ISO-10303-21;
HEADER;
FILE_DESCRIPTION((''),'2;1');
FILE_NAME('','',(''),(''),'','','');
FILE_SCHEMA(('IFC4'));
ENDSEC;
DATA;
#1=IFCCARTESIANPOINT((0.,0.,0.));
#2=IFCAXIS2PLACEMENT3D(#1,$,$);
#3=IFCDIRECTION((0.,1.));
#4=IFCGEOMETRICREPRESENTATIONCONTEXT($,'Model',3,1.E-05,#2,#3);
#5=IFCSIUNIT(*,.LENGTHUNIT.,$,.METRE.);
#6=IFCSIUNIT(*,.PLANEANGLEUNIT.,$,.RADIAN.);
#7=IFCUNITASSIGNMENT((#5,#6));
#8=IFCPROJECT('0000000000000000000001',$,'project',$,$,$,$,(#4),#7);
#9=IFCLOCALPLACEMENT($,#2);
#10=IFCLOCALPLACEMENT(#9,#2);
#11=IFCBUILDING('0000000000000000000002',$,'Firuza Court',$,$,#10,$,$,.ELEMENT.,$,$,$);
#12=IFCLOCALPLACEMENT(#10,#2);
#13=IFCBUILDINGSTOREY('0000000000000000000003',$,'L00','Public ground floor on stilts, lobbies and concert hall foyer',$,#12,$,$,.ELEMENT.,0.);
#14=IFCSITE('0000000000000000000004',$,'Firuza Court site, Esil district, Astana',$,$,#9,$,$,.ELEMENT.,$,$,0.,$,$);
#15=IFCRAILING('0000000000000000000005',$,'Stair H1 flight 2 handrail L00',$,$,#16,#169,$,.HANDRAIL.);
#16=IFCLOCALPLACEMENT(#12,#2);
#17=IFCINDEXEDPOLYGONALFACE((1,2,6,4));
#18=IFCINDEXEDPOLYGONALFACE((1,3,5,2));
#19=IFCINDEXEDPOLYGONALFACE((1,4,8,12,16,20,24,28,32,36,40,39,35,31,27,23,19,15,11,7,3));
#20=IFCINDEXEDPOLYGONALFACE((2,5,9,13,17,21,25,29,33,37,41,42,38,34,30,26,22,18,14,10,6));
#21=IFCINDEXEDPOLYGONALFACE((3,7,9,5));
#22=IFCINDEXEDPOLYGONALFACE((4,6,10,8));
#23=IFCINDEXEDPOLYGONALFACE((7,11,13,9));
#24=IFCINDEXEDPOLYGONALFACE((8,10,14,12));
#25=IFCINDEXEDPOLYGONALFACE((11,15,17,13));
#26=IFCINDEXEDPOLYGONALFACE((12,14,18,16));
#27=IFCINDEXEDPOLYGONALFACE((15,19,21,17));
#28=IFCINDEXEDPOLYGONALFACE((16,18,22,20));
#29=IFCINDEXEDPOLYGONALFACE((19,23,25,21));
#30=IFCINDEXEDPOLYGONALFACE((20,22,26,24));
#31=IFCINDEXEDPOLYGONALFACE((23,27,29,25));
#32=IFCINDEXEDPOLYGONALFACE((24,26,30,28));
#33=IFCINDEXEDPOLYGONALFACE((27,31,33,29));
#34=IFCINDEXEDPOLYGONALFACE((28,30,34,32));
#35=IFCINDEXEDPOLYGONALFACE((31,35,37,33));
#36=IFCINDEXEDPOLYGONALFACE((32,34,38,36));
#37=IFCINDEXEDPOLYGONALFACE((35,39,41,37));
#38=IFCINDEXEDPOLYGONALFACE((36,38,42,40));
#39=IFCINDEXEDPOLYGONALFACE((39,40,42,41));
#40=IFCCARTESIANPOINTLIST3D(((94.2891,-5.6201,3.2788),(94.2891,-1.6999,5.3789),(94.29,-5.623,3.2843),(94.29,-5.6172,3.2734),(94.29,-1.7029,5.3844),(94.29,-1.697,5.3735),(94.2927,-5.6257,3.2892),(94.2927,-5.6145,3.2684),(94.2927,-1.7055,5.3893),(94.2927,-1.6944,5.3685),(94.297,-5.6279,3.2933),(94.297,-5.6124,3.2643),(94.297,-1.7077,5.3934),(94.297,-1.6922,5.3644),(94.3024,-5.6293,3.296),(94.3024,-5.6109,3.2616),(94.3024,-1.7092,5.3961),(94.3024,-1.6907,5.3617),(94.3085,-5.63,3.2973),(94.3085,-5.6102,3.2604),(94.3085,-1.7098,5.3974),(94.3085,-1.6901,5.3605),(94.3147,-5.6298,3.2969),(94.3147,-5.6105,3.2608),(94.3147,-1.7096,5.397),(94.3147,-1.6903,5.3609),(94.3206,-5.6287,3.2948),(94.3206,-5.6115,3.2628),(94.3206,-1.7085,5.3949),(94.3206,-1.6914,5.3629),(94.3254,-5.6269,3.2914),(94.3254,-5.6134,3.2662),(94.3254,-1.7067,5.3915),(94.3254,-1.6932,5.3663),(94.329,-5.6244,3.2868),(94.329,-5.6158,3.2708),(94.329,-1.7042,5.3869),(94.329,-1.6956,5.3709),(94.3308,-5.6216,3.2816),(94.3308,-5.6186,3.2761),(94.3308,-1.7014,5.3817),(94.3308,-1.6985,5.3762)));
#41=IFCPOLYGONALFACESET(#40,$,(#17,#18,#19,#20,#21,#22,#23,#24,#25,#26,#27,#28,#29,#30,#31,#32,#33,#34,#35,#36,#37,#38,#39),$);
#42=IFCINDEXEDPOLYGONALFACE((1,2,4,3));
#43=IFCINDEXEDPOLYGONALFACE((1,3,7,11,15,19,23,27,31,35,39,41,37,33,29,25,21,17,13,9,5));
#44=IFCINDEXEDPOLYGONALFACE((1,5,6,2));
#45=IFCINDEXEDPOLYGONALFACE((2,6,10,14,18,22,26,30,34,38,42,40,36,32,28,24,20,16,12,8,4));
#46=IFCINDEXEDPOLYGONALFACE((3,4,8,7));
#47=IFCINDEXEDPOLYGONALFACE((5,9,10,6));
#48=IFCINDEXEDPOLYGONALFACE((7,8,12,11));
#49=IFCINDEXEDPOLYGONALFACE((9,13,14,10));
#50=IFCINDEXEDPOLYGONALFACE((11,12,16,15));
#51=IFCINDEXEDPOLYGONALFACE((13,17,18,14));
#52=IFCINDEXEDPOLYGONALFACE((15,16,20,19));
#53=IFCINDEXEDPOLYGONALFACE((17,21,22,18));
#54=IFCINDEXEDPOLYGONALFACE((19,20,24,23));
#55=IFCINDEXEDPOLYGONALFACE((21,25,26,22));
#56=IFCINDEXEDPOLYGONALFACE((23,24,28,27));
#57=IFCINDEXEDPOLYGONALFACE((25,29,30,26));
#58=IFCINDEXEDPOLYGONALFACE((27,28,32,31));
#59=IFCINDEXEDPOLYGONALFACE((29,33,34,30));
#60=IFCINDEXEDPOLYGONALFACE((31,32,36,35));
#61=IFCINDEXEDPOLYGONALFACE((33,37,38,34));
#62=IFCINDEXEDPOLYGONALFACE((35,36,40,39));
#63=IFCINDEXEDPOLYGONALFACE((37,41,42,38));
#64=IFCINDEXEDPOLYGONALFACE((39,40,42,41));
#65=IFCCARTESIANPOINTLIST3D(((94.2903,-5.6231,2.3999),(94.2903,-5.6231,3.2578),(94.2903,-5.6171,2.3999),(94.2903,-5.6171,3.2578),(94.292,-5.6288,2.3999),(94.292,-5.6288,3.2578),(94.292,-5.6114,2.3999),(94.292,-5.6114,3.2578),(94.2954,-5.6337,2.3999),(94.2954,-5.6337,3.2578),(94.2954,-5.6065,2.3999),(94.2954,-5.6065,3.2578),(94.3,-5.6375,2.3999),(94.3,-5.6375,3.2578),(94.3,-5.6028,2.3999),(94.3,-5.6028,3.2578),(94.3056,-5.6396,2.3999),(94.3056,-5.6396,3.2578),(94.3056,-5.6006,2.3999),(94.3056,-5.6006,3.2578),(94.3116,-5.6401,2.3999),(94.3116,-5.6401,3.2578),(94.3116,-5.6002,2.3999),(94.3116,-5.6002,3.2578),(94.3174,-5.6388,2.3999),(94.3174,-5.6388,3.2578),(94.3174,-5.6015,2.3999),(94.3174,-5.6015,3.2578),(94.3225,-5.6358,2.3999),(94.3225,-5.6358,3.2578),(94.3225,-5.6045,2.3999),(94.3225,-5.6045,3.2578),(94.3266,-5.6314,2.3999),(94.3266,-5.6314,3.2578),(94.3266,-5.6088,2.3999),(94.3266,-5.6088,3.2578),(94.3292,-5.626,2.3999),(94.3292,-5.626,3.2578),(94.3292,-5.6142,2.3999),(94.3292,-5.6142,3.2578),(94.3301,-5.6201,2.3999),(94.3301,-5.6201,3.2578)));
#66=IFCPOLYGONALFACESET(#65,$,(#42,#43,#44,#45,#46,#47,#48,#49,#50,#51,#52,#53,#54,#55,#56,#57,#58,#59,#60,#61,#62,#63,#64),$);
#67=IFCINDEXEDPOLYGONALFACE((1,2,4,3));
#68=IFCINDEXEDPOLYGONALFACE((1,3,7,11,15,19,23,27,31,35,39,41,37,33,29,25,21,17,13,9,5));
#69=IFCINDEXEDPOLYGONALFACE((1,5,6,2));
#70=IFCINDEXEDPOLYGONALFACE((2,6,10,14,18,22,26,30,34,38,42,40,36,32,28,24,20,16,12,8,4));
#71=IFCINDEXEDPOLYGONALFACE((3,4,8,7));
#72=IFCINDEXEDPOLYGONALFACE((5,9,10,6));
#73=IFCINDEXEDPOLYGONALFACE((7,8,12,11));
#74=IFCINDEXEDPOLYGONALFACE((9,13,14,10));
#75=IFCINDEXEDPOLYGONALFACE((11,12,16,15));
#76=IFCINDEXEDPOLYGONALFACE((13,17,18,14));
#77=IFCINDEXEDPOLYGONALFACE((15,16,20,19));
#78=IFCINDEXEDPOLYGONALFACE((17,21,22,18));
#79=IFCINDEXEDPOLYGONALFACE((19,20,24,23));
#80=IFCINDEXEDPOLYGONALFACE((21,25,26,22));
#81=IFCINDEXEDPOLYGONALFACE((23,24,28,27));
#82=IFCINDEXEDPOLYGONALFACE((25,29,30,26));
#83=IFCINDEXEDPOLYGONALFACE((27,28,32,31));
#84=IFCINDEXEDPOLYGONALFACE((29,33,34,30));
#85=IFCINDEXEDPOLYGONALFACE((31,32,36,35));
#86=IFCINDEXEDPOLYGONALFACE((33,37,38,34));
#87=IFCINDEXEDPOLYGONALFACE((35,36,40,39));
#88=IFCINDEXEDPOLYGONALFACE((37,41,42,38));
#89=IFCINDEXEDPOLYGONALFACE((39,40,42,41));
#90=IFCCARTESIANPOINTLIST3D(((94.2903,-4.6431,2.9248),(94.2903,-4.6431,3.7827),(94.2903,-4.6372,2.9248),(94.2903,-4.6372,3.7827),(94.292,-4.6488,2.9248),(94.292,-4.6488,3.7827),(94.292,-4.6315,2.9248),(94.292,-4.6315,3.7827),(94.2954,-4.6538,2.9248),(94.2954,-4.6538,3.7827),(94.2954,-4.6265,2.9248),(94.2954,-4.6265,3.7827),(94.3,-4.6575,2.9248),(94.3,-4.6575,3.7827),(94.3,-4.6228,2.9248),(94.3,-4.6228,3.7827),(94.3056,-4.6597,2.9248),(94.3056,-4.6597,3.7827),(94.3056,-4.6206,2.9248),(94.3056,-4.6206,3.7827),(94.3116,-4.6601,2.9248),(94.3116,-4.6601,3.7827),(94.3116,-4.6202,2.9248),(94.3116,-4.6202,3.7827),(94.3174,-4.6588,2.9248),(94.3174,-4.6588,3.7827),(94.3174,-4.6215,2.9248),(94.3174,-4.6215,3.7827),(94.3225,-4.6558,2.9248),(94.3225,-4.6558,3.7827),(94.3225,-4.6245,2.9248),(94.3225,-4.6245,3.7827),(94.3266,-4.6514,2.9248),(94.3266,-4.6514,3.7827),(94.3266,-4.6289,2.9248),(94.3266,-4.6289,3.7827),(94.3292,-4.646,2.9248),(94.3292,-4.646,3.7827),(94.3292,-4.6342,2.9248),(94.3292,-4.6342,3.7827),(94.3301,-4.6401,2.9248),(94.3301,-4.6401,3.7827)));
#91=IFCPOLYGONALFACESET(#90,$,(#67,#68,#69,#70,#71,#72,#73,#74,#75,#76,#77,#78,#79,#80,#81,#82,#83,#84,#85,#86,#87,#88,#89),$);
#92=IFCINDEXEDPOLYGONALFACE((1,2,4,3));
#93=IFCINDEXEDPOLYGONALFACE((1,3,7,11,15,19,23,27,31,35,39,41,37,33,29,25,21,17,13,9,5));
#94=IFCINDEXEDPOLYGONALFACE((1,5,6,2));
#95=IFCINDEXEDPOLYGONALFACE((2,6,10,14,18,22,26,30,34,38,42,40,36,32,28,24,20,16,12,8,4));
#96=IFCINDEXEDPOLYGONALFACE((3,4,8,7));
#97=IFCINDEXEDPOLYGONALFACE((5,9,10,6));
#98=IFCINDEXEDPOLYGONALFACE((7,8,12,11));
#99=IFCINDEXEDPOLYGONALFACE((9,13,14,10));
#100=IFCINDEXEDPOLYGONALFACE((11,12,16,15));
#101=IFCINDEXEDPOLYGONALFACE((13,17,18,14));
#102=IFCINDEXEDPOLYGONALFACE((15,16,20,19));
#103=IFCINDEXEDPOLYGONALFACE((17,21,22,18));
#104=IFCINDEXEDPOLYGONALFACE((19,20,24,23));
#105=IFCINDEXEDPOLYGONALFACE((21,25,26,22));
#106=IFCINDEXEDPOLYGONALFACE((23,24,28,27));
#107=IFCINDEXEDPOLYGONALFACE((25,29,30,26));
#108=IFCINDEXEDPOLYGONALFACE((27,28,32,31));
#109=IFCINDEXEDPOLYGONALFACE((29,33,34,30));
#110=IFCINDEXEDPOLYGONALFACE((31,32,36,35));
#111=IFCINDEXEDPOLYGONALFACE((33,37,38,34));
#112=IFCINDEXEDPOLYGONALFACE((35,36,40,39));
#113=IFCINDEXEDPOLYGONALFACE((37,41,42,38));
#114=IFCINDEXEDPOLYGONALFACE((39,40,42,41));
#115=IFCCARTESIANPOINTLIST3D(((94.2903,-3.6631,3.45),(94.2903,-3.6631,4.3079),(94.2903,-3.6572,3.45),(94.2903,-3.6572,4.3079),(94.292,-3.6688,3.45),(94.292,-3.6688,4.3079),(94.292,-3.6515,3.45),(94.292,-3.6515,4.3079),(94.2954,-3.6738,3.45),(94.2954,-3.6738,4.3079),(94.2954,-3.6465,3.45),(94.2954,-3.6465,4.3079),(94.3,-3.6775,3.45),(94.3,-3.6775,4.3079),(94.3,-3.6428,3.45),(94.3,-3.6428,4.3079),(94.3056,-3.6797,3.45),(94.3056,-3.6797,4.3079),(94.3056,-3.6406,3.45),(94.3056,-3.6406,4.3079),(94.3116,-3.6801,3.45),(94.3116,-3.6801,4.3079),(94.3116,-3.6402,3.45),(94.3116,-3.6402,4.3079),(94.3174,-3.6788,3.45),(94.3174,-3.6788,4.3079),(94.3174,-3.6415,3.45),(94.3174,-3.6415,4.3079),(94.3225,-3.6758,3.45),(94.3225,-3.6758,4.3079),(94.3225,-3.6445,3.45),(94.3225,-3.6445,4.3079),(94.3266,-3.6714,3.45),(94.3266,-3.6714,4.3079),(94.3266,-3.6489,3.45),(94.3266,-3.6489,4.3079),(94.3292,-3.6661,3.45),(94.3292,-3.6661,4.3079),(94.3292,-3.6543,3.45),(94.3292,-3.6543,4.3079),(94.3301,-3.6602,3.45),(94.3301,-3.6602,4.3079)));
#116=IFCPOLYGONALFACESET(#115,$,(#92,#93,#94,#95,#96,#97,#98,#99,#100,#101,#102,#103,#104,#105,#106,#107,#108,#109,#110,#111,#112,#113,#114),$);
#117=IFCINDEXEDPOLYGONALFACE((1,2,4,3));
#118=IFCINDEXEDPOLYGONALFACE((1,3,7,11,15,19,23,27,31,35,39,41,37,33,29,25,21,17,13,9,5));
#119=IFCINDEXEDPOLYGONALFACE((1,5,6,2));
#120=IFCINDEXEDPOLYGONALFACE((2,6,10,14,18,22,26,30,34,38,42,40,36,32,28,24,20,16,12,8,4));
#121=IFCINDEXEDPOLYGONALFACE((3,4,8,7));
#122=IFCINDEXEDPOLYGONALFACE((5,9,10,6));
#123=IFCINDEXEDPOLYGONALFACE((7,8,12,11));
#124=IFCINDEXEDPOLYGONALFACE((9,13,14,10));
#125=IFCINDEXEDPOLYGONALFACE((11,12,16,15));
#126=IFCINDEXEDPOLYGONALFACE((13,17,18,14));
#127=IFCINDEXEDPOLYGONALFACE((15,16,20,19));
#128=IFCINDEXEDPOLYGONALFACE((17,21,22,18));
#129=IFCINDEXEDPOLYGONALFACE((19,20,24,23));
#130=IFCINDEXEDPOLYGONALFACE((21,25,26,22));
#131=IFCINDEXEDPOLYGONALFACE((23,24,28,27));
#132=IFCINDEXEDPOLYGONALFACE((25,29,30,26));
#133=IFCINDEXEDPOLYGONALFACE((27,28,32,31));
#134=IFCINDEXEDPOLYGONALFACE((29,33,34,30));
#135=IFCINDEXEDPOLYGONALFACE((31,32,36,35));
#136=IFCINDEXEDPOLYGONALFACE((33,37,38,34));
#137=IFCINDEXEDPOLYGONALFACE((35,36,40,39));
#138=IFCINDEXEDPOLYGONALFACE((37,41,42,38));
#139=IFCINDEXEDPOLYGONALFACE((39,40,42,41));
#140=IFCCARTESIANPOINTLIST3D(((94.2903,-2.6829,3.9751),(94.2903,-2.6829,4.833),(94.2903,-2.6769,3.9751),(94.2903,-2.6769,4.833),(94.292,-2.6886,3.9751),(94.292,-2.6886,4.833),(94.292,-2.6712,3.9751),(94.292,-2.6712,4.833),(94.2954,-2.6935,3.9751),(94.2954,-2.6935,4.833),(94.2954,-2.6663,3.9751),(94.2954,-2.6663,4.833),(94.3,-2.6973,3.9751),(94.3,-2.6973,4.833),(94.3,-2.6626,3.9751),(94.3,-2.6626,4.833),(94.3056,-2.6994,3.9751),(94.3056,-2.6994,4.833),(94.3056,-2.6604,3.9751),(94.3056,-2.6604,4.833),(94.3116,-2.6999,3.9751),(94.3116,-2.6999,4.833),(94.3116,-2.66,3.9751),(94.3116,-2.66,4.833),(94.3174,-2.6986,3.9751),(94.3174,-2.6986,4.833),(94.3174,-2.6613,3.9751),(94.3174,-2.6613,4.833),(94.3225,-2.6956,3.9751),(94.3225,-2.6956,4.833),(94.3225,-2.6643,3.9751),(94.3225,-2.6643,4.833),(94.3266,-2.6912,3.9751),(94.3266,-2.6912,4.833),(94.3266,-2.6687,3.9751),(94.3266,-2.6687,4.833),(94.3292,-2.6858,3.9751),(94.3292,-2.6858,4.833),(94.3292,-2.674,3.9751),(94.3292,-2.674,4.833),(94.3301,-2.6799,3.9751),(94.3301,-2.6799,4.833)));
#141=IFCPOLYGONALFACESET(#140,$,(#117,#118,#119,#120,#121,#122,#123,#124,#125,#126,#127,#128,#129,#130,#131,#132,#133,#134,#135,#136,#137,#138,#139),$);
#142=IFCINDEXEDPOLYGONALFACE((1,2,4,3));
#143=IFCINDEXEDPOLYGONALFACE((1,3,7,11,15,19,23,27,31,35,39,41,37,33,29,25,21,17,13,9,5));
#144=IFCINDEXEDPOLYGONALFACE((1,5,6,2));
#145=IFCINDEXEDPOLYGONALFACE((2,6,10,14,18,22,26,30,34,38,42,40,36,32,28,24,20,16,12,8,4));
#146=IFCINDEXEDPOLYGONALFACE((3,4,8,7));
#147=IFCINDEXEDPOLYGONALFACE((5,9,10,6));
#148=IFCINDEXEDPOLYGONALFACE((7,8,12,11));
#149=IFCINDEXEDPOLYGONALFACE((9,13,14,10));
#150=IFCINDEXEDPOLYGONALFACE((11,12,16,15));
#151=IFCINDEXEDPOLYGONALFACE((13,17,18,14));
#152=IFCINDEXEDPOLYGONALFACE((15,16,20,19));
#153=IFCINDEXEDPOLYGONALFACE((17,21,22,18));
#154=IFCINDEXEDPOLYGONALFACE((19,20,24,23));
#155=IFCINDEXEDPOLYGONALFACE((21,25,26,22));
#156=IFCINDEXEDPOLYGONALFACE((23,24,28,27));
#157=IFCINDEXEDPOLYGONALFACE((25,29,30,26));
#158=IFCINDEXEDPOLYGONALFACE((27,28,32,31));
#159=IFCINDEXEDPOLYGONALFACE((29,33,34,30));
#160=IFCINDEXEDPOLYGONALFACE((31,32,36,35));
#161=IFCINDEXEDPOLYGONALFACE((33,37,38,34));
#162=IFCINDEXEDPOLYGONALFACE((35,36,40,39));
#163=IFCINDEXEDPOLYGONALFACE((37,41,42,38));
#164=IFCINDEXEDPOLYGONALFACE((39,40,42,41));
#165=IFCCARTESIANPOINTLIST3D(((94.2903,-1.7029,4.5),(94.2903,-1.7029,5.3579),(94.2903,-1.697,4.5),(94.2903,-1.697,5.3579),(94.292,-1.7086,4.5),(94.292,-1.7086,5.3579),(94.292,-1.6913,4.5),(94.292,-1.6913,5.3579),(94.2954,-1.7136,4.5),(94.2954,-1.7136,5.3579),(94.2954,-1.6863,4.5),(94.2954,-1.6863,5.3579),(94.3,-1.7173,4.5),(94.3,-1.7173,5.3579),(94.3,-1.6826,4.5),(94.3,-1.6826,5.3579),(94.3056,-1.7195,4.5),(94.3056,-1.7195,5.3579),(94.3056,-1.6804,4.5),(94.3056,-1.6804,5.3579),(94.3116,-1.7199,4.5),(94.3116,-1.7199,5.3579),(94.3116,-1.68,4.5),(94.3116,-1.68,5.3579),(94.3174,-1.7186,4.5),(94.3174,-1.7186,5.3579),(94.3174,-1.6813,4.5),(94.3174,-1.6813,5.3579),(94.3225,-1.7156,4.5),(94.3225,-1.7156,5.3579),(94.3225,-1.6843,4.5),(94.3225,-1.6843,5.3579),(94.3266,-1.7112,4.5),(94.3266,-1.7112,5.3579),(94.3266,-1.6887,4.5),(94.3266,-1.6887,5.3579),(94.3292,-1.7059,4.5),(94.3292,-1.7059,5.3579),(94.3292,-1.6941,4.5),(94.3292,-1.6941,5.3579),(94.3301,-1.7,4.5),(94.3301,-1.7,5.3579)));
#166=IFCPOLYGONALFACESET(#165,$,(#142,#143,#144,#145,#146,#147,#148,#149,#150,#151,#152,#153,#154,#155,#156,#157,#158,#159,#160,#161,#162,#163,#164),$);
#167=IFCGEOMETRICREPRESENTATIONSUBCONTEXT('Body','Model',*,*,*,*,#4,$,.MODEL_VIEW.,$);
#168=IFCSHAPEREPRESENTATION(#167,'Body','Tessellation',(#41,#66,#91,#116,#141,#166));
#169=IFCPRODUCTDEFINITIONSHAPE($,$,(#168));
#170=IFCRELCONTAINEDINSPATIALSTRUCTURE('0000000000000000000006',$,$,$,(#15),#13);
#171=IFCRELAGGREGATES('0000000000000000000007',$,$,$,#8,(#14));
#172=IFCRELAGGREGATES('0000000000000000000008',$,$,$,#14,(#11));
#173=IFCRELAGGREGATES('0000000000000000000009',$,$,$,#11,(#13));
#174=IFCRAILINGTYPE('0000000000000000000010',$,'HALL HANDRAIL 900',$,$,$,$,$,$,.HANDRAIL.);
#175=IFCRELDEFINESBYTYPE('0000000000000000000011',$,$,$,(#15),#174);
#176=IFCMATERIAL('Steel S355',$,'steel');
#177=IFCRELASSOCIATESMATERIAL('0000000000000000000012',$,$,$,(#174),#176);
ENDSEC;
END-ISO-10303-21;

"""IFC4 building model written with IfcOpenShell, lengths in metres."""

from ifc_helpers import new_model, si_unit, direction, frame, origin, origin_2d, place, context, subcontext, project, spatial, circle, extrude, material, type_object, element, save


model = new_model("IFC4")

# Units and contexts
model_context = context("Model", 3, precision=1e-05, world=origin(), true_north=direction((0.0, 1.0)))
body_context = subcontext(model_context, "Body", "Model", "MODEL_VIEW")
ifc_project = project(units=[si_unit("LENGTHUNIT", "METRE"), si_unit("PLANEANGLEUNIT", "RADIAN")], contexts=[model_context])

# Site, building, storey
site_placement = place(None, origin())
site = spatial("IfcSite", under=ifc_project, at=site_placement, Name="Firuza Court site, Esil district, Astana", CompositionType="ELEMENT", RefElevation=0.0)
building_placement = place(site_placement, origin())
building = spatial("IfcBuilding", under=site, at=building_placement, Name="Firuza Court", CompositionType="ELEMENT")
storey_placement = place(building_placement, origin())
storey = spatial("IfcBuildingStorey", under=building, at=storey_placement, Name="L00", Description="Public ground floor on stilts, lobbies and concert hall foyer", CompositionType="ELEMENT", Elevation=0.0)

# Railing
ifc_material_1 = material(Name="Steel S355", Category="steel")
railing_type = type_object("IfcRailingType", Name="HALL HANDRAIL 900", PredefinedType="HANDRAIL", material=ifc_material_1)
for number, where, name in (
    (1, (94.3101, -5.6201, 2.3999), "Stair H1 flight 2 handrail L00"),
):
    element("IfcRailing", number, at=place(storey_placement, frame(where)), inside=storey, type_object=railing_type, Name=name, PredefinedType="HANDRAIL", context=body_context, shape_type="SweptSolid", body=[
        extrude(circle(Radius=0.021, at=origin_2d()), frame((0.0, 0.0, 0.8789), z_axis=(0.0, 0.881479, 0.472223), x_axis=(-1.0, 0.0, 0.0)), (0.0, 0.0, 1.0), 4.4473),
        extrude(circle(Radius=0.02, at=origin_2d()), origin(), (0.0, 0.0, 1.0), 0.8579),
        extrude(circle(Radius=0.02, at=origin_2d()), frame((0.0, 0.98, 0.5249)), (0.0, 0.0, 1.0), 0.8579),
        extrude(circle(Radius=0.02, at=origin_2d()), frame((0.0, 1.96, 1.05)), (0.0, 0.0, 1.0), 0.8579),
        extrude(circle(Radius=0.02, at=origin_2d()), frame((0.0, 2.9402, 1.5752)), (0.0, 0.0, 1.0), 0.8579),
        extrude(circle(Radius=0.02, at=origin_2d()), frame((0.0, 3.9202, 2.1001)), (0.0, 0.0, 1.0), 0.8579),
    ])

save(model, "model.ifc")
